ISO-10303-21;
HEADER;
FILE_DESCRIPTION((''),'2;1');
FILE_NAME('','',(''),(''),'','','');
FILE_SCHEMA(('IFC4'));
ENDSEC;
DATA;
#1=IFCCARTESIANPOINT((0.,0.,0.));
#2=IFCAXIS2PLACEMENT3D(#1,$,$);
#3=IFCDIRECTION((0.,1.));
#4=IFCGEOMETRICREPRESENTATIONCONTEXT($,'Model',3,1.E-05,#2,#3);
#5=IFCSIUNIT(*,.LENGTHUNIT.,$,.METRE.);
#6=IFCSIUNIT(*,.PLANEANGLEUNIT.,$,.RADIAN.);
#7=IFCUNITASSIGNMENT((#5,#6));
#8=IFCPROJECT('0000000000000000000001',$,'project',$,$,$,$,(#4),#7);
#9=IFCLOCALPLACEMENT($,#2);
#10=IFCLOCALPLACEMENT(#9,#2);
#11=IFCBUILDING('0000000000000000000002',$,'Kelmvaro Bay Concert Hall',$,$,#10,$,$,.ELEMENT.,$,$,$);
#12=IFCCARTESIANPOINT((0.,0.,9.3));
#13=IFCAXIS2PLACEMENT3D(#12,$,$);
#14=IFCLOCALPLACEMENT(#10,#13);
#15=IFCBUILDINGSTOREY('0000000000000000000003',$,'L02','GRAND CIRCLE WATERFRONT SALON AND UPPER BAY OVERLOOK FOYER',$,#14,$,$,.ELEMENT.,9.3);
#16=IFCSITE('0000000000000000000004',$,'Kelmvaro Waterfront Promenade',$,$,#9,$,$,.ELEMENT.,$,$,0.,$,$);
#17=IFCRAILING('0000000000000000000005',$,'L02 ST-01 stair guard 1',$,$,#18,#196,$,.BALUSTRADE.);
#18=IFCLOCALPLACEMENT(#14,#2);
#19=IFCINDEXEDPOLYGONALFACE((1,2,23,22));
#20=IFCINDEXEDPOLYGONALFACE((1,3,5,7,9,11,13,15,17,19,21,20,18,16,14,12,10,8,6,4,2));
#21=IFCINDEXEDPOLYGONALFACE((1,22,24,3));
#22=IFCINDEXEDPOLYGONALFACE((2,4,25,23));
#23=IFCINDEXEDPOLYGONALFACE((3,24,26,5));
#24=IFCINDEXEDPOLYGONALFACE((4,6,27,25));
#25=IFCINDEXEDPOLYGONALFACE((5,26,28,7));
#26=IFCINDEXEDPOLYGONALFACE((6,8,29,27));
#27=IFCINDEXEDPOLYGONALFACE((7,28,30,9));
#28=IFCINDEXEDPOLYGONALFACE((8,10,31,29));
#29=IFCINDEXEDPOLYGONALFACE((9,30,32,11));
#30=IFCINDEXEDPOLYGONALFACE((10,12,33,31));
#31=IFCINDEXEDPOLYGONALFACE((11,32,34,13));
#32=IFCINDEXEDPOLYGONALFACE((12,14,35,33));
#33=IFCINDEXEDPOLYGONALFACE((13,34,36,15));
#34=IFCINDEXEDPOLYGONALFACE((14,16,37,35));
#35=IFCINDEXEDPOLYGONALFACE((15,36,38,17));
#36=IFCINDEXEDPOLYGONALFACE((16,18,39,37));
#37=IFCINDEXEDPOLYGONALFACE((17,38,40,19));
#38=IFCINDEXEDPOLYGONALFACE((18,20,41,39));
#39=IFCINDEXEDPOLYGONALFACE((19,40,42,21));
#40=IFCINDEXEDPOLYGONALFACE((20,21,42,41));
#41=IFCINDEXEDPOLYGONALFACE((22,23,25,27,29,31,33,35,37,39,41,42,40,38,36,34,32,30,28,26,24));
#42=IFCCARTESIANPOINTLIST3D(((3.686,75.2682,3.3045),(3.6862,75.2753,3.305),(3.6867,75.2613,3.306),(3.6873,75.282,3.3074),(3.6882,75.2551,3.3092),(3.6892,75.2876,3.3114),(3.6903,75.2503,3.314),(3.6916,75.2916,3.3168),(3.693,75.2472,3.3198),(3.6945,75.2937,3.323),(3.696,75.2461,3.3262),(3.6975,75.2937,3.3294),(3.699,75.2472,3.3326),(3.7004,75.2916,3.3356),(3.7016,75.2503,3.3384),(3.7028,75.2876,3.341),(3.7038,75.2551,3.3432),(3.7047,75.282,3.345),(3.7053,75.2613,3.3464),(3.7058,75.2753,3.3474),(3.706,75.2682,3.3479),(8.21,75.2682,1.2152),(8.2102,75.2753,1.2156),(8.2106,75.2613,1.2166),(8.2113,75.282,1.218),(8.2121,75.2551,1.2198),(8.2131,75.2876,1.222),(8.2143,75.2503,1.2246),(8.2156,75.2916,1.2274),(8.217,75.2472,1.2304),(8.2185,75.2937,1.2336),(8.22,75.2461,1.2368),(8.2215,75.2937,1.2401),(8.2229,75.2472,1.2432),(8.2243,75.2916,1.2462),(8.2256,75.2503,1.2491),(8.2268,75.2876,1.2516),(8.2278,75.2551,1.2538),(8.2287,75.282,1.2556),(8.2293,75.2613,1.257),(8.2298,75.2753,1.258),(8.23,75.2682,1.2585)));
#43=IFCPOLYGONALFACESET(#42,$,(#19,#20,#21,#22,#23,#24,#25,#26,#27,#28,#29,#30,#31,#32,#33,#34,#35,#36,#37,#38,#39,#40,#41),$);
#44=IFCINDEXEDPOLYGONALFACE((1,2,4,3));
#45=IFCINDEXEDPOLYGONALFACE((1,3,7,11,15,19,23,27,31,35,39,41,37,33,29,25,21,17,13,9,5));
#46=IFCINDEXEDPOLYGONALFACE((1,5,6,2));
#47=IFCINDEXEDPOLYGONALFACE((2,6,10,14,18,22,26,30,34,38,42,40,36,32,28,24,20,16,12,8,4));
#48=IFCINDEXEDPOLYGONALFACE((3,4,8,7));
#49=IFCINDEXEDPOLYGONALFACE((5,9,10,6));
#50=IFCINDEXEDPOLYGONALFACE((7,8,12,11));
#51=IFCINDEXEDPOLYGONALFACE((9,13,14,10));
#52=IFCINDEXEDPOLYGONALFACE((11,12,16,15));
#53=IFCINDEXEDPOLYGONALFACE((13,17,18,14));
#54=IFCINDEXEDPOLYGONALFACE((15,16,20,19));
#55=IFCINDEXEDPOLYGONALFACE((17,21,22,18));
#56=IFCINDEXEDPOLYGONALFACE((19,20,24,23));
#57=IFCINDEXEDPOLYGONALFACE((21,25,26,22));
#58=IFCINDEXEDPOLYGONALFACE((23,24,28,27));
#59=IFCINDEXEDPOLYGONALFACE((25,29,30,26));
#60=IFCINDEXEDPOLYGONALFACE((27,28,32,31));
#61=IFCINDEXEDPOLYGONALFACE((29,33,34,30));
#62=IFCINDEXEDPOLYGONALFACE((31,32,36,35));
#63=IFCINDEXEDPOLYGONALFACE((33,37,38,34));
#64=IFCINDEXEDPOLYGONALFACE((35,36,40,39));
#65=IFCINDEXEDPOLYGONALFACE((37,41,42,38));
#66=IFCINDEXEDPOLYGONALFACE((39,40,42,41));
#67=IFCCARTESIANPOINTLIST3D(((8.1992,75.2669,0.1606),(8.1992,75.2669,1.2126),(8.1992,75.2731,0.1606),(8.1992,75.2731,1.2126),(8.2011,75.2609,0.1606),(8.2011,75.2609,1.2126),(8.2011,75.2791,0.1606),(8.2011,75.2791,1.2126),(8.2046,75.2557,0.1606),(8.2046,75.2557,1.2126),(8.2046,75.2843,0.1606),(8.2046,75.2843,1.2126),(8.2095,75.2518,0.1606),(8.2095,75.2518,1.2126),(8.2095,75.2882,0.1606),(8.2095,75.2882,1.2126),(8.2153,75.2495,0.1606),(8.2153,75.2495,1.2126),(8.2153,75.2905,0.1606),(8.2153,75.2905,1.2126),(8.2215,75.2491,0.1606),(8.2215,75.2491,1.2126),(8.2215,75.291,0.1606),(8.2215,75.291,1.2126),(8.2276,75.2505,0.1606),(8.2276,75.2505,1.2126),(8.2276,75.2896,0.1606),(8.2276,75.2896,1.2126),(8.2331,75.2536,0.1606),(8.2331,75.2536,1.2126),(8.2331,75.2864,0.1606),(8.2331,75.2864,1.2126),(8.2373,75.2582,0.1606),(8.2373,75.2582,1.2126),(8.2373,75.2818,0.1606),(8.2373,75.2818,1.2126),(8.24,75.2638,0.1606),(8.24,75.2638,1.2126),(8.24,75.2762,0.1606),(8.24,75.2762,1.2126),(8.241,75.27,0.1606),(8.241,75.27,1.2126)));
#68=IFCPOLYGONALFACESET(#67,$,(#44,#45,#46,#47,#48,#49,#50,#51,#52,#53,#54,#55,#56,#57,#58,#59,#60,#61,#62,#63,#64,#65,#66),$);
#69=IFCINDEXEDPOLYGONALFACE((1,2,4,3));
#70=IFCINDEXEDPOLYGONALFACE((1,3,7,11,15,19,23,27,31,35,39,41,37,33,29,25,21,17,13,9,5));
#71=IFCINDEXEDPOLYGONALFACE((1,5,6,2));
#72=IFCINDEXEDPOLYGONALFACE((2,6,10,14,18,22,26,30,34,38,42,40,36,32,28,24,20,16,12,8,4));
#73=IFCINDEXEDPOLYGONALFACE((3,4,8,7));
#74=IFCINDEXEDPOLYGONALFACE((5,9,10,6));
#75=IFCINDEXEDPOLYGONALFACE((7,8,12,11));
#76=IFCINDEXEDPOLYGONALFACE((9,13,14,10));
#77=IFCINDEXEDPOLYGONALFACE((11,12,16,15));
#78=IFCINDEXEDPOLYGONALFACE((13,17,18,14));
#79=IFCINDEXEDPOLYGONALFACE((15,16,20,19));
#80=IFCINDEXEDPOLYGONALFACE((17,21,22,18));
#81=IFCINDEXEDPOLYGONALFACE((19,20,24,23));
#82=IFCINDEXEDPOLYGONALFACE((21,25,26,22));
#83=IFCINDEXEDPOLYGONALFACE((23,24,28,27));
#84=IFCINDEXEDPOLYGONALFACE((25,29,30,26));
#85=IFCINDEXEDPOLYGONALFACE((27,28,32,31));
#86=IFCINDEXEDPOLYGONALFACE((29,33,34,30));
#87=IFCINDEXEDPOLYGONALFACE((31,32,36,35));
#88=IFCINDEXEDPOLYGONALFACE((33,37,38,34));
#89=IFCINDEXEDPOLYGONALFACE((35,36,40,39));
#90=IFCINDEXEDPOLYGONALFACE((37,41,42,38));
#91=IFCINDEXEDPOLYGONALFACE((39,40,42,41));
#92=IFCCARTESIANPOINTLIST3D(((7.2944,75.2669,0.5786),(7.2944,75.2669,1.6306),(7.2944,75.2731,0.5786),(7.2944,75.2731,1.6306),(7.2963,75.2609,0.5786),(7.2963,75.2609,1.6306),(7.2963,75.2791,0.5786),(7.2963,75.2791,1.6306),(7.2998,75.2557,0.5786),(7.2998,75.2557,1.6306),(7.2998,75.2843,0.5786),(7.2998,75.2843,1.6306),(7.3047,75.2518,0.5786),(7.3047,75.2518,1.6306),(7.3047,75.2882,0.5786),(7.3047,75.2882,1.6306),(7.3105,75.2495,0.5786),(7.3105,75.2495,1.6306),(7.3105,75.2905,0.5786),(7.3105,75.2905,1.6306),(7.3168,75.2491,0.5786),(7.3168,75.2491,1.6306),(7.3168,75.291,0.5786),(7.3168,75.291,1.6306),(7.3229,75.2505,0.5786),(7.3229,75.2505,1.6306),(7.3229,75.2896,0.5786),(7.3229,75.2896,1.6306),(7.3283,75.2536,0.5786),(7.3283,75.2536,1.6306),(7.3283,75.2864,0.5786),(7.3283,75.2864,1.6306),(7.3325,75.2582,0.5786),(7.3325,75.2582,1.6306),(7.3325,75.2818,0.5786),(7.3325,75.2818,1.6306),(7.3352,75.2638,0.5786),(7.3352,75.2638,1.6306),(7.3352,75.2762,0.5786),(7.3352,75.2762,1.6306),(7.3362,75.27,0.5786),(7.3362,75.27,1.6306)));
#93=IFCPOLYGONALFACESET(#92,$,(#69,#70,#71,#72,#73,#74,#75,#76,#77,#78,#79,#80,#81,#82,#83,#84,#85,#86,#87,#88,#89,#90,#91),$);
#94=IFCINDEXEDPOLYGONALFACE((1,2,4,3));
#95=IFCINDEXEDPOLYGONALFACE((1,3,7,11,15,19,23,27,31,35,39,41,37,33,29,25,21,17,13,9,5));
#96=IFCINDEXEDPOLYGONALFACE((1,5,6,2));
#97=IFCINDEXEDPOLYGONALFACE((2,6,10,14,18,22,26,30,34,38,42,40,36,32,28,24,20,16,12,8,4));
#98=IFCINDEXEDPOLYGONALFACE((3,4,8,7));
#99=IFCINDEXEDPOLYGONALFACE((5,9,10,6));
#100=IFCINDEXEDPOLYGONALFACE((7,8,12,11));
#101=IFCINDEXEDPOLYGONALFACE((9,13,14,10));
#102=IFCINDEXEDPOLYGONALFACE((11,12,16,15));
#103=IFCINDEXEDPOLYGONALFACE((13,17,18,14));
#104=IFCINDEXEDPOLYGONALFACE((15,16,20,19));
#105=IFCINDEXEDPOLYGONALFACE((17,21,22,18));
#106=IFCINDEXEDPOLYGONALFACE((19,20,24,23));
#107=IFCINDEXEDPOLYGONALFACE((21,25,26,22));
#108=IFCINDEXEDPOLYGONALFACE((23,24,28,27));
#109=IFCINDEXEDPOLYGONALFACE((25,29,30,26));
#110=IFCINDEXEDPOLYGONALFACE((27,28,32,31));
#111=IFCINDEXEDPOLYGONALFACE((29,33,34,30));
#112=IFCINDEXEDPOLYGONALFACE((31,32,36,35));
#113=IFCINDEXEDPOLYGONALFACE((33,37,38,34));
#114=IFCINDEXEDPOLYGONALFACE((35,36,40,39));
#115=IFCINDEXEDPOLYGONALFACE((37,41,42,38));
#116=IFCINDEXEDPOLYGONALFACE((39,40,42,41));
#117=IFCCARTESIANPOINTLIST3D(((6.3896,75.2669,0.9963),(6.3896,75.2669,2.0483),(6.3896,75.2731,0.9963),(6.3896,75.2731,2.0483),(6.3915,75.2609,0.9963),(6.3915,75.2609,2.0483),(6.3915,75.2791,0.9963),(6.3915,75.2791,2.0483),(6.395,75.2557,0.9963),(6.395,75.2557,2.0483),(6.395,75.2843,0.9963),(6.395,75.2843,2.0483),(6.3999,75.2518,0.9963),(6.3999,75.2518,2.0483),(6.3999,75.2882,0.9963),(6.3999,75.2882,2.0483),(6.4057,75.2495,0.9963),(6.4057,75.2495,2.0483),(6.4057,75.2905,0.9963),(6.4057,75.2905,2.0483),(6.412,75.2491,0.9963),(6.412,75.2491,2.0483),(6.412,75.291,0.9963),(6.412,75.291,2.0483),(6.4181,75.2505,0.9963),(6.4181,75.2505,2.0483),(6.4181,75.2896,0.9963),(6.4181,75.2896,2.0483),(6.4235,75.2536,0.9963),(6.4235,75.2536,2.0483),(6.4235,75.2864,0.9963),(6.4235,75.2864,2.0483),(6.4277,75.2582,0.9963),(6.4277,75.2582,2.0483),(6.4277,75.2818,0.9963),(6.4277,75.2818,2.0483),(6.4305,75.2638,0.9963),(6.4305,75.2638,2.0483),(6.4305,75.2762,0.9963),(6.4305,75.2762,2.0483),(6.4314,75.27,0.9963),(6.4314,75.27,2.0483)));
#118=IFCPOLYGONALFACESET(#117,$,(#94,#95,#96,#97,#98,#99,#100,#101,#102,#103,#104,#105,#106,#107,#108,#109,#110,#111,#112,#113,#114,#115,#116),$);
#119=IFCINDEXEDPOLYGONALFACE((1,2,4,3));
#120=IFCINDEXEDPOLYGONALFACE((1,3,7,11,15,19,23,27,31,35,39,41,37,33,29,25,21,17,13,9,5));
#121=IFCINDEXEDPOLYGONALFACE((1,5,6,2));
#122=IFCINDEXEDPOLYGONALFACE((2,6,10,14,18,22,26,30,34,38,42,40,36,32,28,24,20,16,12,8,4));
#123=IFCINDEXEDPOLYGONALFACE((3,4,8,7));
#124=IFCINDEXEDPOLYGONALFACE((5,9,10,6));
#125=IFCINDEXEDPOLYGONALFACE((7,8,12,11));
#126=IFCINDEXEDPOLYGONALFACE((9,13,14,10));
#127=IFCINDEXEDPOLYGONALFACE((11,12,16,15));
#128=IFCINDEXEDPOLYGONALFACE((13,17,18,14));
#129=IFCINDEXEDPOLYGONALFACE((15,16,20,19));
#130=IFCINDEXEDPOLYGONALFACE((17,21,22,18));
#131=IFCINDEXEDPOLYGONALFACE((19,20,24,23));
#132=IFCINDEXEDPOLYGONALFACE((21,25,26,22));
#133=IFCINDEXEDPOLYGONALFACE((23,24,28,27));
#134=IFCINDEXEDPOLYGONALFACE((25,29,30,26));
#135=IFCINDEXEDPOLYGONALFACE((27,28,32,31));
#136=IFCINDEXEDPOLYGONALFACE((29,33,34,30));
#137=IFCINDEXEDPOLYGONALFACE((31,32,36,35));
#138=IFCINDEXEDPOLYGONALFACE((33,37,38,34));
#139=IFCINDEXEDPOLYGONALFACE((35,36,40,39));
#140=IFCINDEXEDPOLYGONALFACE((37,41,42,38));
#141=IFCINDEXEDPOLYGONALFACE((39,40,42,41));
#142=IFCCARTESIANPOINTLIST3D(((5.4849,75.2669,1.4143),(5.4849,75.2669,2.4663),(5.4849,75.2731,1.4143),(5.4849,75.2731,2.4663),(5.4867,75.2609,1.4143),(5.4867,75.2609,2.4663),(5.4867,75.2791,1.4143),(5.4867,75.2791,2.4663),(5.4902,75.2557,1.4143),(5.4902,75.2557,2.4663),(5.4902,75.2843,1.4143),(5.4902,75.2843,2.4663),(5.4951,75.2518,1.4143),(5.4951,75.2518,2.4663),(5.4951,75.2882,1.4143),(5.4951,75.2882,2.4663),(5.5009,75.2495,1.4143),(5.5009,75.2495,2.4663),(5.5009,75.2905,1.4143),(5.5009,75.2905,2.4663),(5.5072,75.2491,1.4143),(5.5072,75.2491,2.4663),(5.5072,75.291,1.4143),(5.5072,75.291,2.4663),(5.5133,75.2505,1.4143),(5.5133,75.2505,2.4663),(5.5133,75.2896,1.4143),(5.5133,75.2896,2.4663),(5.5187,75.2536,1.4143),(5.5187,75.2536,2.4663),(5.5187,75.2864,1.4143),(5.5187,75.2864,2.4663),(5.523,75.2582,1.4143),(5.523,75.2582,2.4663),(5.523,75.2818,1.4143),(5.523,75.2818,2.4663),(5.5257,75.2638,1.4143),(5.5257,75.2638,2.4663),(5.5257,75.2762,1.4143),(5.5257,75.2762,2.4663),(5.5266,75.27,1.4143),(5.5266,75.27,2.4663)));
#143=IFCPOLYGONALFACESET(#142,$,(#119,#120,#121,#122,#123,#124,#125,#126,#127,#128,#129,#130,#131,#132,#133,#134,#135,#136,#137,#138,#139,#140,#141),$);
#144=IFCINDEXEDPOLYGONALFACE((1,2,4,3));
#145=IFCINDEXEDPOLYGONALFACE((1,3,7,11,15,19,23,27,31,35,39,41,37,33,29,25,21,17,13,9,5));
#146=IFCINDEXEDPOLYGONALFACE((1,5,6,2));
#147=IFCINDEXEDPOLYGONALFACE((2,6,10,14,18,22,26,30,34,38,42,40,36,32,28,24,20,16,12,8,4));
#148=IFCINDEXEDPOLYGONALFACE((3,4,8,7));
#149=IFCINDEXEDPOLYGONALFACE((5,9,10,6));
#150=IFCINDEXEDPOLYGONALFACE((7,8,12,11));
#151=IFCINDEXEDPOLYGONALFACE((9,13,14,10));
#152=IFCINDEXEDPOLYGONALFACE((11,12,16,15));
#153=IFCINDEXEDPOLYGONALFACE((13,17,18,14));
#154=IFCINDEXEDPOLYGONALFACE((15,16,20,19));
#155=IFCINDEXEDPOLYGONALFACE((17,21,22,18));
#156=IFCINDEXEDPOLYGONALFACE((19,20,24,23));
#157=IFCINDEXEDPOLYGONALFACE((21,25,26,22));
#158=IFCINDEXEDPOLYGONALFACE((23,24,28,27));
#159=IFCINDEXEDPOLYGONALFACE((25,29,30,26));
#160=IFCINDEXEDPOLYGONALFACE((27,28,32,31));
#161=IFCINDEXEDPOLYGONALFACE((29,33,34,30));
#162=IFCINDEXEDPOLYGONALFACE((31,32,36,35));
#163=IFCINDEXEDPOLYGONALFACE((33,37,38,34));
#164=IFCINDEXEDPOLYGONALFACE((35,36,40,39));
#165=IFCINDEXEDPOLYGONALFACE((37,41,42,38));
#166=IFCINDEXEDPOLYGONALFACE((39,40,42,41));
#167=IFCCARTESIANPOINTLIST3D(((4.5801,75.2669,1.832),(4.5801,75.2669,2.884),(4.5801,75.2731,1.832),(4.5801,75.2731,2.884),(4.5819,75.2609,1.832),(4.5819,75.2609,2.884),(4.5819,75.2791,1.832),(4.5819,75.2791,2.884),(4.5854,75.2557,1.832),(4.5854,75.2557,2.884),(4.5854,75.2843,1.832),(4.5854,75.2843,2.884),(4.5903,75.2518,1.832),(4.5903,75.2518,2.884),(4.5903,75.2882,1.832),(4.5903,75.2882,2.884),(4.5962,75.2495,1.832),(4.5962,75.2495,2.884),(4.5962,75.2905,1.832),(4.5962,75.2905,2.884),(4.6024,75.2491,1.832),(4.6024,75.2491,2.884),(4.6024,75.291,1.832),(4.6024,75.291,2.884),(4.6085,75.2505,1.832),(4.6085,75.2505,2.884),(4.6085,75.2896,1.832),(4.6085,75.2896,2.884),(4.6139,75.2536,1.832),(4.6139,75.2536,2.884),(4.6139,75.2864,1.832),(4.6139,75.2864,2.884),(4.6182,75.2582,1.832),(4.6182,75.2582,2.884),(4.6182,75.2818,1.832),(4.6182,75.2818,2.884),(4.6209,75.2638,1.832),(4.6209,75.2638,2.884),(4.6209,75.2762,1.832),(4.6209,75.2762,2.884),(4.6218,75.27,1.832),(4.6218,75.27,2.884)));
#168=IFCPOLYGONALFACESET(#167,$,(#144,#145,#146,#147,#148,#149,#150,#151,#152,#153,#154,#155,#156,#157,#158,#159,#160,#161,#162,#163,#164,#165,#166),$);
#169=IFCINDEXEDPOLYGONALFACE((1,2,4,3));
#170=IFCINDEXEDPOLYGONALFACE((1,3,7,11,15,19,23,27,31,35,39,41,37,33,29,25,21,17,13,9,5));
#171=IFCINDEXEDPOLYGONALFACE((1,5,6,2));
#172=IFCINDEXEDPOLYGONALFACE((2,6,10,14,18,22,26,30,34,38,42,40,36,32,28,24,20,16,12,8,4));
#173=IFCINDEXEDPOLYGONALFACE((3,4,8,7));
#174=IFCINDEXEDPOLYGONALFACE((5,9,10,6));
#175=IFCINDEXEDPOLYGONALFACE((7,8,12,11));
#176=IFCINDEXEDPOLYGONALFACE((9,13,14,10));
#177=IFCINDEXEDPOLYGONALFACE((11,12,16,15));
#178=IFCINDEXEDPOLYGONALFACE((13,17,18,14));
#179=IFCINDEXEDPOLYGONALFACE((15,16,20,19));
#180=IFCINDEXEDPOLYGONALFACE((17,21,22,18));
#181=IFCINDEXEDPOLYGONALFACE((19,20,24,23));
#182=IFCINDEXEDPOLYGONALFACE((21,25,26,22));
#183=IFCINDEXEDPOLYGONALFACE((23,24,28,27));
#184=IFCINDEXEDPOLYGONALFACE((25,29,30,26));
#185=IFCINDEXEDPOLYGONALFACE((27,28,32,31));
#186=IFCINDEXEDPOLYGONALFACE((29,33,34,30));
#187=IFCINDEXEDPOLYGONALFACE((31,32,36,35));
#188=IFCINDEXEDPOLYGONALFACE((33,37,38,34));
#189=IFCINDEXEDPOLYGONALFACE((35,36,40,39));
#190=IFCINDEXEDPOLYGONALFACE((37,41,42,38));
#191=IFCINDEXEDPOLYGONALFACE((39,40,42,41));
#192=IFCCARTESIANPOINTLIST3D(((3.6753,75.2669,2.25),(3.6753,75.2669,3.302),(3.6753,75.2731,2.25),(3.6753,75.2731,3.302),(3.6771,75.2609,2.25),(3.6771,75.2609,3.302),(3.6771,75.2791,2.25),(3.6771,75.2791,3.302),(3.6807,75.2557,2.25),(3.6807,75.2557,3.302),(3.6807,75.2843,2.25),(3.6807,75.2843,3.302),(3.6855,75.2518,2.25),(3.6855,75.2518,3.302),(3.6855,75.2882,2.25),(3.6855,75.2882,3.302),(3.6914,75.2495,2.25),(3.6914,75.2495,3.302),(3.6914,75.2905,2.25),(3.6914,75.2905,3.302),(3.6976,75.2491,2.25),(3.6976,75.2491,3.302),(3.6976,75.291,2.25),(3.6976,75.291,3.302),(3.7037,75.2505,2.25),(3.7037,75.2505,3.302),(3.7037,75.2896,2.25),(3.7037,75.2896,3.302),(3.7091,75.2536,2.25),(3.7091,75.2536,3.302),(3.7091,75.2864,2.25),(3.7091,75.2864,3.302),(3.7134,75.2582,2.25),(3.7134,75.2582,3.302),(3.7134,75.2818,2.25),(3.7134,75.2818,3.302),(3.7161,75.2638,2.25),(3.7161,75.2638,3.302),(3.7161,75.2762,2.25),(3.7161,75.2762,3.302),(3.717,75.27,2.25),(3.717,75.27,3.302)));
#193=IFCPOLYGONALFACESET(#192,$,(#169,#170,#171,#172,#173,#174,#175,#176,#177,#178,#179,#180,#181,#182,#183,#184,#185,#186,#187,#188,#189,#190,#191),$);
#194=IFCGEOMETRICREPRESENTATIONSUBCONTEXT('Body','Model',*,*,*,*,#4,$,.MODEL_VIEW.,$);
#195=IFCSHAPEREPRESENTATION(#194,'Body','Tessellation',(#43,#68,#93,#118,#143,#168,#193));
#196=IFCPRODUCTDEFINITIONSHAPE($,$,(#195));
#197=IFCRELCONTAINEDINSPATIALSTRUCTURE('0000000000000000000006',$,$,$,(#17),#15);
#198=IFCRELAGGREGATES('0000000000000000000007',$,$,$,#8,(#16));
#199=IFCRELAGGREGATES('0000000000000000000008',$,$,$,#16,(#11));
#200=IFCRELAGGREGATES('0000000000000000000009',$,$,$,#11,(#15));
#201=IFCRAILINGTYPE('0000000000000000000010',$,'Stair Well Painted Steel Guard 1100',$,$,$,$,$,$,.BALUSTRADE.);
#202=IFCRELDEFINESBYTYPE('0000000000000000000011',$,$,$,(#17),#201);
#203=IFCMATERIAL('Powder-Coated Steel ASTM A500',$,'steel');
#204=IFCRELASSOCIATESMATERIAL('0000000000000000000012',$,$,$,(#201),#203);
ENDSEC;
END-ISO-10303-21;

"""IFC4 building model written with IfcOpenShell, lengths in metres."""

from ifc_helpers import new_model, si_unit, direction, frame, origin, origin_2d, place, context, subcontext, project, spatial, circle, extrude, material, type_object, element, save


model = new_model("IFC4")

# Units and contexts
model_context = context("Model", 3, precision=1e-05, world=origin(), true_north=direction((0.0, 1.0)))
body_context = subcontext(model_context, "Body", "Model", "MODEL_VIEW")
ifc_project = project(units=[si_unit("LENGTHUNIT", "METRE"), si_unit("PLANEANGLEUNIT", "RADIAN")], contexts=[model_context])

# Site, building, storey
site_placement = place(None, origin())
site = spatial("IfcSite", under=ifc_project, at=site_placement, Name="Kelmvaro Waterfront Promenade", CompositionType="ELEMENT", RefElevation=0.0)
building_placement = place(site_placement, origin())
building = spatial("IfcBuilding", under=site, at=building_placement, Name="Kelmvaro Bay Concert Hall", CompositionType="ELEMENT")
storey_placement = place(building_placement, frame((0.0, 0.0, 9.3)))
storey = spatial("IfcBuildingStorey", under=building, at=storey_placement, Name="L02", Description="GRAND CIRCLE WATERFRONT SALON AND UPPER BAY OVERLOOK FOYER", CompositionType="ELEMENT", Elevation=9.3)

# Railing
ifc_material_1 = material(Name="Powder-Coated Steel ASTM A500", Category="steel")
railing_type_1 = type_object("IfcRailingType", Name="Stair Well Painted Steel Guard 1100", PredefinedType="BALUSTRADE", material=ifc_material_1)
railing_1_placement = place(storey_placement, frame((8.22, 75.27, 0.1606)))
element("IfcRailing", 1, at=railing_1_placement, inside=storey, type_object=railing_type_1, Name="L02 ST-01 stair guard 1", PredefinedType="BALUSTRADE", context=body_context, shape_type="SweptSolid", body=[
    extrude(circle(Radius=0.0239, at=origin_2d()), frame((0.0, 0.0, 1.0762), z_axis=(-0.907853, 0.0, 0.419288), x_axis=(0.0, -1.0, 0.0)), (0.0, 0.0, 1.0), 4.9832),
    extrude(circle(Radius=0.021, at=origin_2d()), origin(), (0.0, 0.0, 1.0), 1.052),
    extrude(circle(Radius=0.021, at=origin_2d()), frame((-0.9048, 0.0, 0.418)), (0.0, 0.0, 1.0), 1.052),
    extrude(circle(Radius=0.021, at=origin_2d()), frame((-1.8096, 0.0, 0.8357)), (0.0, 0.0, 1.0), 1.052),
    extrude(circle(Radius=0.021, at=origin_2d()), frame((-2.7144, 0.0, 1.2537)), (0.0, 0.0, 1.0), 1.052),
    extrude(circle(Radius=0.021, at=origin_2d()), frame((-3.6191, 0.0, 1.6714)), (0.0, 0.0, 1.0), 1.052),
    extrude(circle(Radius=0.021, at=origin_2d()), frame((-4.5239, 0.0, 2.0894)), (0.0, 0.0, 1.0), 1.052),
])

save(model, "model.ifc")
